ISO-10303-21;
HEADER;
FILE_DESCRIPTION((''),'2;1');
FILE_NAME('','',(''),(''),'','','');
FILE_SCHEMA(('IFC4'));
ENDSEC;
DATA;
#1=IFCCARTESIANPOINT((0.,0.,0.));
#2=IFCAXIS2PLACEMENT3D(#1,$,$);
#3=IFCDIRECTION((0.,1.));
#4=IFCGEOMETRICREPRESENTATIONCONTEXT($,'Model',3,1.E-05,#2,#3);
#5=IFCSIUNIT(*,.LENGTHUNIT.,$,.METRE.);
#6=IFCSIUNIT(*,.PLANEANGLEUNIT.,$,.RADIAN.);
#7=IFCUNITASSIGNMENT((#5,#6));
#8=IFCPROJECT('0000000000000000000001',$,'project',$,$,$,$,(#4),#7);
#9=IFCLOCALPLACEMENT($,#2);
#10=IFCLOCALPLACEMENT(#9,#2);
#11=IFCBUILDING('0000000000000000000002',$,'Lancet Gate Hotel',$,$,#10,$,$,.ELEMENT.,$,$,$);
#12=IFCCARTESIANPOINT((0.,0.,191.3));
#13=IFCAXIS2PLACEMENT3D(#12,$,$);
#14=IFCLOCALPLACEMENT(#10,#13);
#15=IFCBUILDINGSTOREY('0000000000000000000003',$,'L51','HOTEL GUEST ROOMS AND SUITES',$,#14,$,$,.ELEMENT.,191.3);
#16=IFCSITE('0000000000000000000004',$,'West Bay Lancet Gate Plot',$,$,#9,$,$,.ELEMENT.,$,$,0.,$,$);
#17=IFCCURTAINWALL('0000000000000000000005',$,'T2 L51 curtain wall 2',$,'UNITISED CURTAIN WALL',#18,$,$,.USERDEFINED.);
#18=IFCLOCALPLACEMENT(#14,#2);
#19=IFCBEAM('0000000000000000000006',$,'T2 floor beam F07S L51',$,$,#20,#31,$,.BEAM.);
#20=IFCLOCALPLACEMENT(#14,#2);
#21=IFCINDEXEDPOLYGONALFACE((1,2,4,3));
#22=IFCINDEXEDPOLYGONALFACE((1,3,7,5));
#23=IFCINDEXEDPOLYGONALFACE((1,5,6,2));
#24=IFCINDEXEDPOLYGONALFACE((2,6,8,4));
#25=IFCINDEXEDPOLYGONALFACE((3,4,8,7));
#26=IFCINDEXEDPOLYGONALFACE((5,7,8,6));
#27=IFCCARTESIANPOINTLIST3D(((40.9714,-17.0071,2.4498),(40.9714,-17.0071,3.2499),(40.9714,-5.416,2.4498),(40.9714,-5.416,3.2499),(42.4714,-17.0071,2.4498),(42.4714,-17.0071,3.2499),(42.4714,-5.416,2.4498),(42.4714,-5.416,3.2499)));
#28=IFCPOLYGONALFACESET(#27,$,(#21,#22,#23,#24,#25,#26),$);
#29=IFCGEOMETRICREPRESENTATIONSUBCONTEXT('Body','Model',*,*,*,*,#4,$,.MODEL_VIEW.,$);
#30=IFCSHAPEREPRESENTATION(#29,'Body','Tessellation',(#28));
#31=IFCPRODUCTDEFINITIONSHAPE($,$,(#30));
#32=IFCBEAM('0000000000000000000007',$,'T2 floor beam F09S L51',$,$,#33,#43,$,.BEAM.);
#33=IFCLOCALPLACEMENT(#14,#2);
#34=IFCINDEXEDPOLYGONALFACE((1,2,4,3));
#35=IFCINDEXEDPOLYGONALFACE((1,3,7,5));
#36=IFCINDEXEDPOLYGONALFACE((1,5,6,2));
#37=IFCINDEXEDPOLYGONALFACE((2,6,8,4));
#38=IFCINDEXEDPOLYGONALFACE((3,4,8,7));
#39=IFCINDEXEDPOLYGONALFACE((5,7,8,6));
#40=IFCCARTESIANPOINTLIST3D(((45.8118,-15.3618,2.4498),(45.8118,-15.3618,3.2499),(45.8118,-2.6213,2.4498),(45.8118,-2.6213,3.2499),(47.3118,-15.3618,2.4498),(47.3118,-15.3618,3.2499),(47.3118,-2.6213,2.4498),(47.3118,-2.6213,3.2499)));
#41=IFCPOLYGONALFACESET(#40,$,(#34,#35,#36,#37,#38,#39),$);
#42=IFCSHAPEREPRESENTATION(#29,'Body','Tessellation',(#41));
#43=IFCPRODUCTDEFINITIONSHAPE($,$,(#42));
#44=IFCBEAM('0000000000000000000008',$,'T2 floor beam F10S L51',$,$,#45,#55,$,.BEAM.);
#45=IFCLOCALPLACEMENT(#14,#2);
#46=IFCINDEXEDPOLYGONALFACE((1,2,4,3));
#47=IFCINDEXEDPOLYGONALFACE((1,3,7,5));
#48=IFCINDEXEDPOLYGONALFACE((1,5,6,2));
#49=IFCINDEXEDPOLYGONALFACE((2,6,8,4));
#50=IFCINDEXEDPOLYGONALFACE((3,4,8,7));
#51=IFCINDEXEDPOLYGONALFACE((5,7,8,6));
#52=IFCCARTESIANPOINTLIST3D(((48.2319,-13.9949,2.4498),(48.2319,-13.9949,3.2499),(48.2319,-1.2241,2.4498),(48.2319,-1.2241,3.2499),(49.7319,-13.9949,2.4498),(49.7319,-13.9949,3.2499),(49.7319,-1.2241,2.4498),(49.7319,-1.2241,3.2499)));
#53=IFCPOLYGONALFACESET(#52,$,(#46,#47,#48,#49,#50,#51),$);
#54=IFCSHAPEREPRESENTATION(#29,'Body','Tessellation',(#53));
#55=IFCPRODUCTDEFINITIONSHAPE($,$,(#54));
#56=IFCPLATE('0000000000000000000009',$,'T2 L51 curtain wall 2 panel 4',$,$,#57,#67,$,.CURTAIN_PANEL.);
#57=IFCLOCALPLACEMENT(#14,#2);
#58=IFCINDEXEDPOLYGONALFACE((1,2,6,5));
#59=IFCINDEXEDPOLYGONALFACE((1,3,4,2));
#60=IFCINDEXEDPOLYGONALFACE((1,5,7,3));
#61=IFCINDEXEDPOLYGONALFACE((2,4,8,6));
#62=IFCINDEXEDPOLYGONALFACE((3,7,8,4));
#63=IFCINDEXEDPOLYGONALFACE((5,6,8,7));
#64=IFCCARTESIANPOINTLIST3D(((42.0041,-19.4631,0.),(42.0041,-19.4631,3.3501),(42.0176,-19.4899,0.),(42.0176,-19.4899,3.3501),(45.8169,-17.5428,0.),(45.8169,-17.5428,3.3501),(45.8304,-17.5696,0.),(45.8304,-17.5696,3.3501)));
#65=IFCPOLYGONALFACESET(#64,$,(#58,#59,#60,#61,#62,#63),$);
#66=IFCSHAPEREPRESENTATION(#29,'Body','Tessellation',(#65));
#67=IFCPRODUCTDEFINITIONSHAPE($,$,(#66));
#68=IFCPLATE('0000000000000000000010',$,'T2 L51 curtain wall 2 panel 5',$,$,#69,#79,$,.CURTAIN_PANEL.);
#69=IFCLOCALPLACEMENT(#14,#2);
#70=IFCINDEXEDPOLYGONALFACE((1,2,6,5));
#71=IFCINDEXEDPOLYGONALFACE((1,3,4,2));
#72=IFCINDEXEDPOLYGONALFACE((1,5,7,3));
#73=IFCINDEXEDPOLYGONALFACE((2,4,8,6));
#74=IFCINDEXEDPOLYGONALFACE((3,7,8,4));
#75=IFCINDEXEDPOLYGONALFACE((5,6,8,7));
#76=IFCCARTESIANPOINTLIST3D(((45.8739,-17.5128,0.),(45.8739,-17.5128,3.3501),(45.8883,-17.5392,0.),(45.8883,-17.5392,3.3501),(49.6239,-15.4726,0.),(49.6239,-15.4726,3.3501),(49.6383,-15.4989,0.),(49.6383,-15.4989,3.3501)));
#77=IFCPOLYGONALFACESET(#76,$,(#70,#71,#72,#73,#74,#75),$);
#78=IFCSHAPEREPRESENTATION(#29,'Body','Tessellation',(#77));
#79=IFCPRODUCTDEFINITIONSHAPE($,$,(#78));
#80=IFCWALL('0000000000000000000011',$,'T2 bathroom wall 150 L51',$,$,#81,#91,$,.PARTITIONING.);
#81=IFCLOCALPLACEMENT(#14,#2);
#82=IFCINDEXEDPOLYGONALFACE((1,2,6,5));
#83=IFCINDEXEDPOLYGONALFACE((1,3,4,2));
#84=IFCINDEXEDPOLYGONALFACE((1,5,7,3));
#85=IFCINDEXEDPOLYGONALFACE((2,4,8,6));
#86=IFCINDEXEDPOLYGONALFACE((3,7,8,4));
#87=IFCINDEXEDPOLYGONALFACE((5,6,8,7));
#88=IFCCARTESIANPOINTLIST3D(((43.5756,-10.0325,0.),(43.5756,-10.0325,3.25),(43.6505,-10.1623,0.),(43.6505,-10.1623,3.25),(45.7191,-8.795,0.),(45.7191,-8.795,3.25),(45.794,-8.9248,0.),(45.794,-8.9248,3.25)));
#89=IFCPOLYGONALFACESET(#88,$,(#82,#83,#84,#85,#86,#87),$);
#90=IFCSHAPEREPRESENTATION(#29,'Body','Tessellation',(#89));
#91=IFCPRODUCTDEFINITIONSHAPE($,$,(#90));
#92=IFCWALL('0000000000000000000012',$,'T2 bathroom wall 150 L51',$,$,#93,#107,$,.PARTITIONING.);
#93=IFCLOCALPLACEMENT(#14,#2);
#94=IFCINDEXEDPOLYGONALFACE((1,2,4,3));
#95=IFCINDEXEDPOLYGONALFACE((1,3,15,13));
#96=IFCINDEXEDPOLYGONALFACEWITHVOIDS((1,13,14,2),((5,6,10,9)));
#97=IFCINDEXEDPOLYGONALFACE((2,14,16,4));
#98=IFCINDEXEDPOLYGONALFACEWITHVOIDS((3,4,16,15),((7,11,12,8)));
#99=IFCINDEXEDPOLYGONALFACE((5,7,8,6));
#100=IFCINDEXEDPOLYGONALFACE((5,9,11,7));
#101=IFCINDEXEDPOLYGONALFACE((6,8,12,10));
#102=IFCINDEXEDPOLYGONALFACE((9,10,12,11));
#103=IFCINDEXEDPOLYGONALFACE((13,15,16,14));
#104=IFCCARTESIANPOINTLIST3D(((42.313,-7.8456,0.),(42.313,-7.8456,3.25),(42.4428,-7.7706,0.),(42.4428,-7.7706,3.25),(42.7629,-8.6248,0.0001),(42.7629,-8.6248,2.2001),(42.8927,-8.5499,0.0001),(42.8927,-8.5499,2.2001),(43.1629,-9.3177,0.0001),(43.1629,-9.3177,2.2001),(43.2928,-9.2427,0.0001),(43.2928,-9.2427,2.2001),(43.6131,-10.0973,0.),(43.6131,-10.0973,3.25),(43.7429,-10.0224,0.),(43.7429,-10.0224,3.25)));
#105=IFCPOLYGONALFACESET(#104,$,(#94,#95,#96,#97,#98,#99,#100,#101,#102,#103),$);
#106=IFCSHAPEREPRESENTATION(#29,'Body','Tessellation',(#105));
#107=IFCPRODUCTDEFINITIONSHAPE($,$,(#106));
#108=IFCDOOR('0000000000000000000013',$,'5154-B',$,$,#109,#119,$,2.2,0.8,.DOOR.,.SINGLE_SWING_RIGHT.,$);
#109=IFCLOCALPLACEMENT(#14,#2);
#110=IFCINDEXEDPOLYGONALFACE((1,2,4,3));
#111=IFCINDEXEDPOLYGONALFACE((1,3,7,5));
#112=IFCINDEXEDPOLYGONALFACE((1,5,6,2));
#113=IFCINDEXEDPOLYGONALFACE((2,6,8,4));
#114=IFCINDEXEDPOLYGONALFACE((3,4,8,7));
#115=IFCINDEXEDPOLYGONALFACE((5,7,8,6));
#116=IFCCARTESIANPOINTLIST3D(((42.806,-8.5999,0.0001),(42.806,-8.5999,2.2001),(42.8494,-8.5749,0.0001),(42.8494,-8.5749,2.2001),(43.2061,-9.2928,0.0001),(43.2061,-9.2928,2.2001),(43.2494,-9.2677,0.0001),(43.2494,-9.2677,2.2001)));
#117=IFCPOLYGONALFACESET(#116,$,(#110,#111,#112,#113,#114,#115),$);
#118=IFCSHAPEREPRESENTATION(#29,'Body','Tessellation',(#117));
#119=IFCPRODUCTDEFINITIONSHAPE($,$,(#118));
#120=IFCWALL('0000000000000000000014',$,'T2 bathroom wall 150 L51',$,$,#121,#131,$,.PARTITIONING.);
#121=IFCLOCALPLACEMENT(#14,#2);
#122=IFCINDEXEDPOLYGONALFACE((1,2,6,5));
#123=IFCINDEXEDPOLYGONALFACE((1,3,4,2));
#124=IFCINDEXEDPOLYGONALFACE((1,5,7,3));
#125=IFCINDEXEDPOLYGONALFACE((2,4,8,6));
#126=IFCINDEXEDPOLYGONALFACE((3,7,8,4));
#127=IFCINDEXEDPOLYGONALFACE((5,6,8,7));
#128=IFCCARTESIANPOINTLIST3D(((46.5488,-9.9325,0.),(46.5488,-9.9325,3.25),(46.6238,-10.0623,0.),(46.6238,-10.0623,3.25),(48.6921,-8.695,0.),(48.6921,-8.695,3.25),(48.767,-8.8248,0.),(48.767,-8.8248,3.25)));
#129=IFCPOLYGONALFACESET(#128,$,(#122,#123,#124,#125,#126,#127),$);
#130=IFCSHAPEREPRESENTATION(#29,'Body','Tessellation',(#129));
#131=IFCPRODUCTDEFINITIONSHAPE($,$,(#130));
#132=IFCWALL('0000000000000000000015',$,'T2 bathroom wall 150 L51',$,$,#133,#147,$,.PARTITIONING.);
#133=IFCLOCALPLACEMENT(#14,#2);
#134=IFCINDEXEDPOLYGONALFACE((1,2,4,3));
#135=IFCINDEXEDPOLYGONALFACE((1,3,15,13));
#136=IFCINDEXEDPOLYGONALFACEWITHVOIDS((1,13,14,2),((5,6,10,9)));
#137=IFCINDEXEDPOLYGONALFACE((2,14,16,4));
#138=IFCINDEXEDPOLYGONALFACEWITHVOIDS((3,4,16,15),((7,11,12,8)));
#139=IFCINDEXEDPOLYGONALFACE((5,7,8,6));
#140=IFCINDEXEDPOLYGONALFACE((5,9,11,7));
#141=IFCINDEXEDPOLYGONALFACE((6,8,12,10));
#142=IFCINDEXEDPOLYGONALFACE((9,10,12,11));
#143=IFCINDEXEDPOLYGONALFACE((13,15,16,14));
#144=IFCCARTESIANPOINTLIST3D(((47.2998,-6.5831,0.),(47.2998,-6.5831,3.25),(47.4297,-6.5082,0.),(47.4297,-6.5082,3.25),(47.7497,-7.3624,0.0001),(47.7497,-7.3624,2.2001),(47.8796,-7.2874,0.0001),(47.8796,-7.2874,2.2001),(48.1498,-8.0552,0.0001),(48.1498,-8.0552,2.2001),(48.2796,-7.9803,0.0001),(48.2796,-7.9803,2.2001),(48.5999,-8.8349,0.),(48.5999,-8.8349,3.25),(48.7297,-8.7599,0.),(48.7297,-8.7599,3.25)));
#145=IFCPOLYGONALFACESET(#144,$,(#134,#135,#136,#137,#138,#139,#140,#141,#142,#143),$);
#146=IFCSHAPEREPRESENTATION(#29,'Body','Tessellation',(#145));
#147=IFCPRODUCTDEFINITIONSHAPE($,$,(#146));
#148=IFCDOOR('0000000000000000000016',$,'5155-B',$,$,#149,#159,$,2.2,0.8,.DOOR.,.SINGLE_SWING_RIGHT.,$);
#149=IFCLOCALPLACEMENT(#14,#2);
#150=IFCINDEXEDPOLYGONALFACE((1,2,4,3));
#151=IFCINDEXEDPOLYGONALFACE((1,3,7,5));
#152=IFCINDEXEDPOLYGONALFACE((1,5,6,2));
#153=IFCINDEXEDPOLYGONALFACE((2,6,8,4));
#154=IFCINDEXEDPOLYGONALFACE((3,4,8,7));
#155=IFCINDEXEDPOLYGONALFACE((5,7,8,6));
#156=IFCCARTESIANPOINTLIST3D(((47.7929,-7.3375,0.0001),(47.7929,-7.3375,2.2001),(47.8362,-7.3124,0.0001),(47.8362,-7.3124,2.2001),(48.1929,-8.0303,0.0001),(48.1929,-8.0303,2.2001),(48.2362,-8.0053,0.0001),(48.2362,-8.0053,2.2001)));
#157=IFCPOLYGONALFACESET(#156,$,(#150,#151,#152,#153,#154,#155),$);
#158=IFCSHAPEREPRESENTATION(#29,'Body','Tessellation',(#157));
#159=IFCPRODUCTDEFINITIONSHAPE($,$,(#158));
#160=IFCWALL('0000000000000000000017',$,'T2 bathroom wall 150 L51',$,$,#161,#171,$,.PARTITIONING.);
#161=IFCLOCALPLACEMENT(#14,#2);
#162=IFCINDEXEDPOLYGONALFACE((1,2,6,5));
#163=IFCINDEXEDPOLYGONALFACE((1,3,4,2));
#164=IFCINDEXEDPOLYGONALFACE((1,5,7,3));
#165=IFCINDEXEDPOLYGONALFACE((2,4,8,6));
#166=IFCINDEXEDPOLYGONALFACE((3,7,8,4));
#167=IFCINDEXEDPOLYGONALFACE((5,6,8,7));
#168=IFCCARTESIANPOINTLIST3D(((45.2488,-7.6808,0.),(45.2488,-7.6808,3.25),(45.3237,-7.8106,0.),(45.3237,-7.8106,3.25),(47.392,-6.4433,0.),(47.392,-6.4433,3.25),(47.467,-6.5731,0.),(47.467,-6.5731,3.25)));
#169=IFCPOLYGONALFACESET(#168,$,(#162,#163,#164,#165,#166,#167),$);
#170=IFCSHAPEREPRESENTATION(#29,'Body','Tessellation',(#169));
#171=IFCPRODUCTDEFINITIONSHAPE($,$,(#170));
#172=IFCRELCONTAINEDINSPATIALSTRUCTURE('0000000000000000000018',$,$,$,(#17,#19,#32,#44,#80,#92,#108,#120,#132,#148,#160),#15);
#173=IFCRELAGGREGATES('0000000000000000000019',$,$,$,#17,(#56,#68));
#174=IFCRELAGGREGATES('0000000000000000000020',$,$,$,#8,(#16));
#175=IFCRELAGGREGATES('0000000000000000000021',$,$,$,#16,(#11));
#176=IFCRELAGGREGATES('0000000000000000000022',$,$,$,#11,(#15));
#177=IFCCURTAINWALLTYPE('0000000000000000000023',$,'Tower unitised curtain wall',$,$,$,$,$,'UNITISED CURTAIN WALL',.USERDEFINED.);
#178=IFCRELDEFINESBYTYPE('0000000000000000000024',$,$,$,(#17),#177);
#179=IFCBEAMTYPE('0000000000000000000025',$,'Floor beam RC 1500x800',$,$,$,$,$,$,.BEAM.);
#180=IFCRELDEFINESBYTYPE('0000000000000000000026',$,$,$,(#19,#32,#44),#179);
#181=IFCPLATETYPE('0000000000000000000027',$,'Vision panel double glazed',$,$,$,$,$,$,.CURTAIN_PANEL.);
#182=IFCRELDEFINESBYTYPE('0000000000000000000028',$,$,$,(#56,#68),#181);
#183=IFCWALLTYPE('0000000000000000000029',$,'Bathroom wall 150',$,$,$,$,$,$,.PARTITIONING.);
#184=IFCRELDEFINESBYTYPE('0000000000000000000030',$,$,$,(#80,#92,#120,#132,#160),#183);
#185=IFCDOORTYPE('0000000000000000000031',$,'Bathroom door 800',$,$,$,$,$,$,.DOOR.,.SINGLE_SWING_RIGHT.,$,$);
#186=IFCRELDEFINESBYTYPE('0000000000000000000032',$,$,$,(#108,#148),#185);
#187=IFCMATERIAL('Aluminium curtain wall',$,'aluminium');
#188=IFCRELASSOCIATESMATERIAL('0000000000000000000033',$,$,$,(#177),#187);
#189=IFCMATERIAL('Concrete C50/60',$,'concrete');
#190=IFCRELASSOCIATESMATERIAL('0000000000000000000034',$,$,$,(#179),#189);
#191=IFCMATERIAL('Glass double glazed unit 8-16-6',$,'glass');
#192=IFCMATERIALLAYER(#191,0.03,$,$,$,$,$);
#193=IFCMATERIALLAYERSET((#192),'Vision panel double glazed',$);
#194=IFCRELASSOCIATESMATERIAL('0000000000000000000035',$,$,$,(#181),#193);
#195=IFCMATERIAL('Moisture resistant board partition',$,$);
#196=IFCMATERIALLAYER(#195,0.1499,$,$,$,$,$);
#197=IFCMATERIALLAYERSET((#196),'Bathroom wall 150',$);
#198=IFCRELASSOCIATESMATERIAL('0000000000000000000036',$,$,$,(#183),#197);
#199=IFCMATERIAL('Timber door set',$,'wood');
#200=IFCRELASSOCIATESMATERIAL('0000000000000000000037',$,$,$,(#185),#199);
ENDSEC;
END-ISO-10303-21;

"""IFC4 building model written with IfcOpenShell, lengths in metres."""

from ifc_helpers import new_model, si_unit, direction, frame, frame_2d, origin, origin_2d, place, context, subcontext, project, spatial, rectangle, extrude, material, layer, layer_set, material_profile, profile_set, type_object, element, fill, aggregate, save


model = new_model("IFC4")

# Units and contexts
model_context = context("Model", 3, precision=1e-05, world=origin(), true_north=direction((0.0, 1.0)))
body_context = subcontext(model_context, "Body", "Model", "MODEL_VIEW")
ifc_project = project(units=[si_unit("LENGTHUNIT", "METRE"), si_unit("PLANEANGLEUNIT", "RADIAN")], contexts=[model_context])

# Site, building, storey
site_placement = place(None, origin())
site = spatial("IfcSite", under=ifc_project, at=site_placement, Name="West Bay Lancet Gate Plot", CompositionType="ELEMENT", RefElevation=0.0)
building_placement = place(site_placement, origin())
building = spatial("IfcBuilding", under=site, at=building_placement, Name="Lancet Gate Hotel", CompositionType="ELEMENT")
storey_placement = place(building_placement, frame((0.0, 0.0, 191.3)))
storey = spatial("IfcBuildingStorey", under=building, at=storey_placement, Name="L51", Description="HOTEL GUEST ROOMS AND SUITES", CompositionType="ELEMENT", Elevation=191.3)

# Curtain wall
ifc_material_1 = material(Name="Aluminium curtain wall", Category="aluminium")
curtain_wall_type = type_object("IfcCurtainWallType", Name="Tower unitised curtain wall", ElementType="UNITISED CURTAIN WALL", PredefinedType="USERDEFINED", material=ifc_material_1)
curtain_wall_placement = place(storey_placement, origin())
curtain_wall = element("IfcCurtainWall", 1, at=curtain_wall_placement, inside=storey, type_object=curtain_wall_type, Name="T2 L51 curtain wall 2", ObjectType="UNITISED CURTAIN WALL", PredefinedType="USERDEFINED")

# Beams
ifc_material_2 = material(Name="Concrete C50/60", Category="concrete")
ifc_material_profile_1 = material_profile(ifc_material_2, rectangle(XDim=1.5, YDim=0.8, at=origin_2d()), Name="RC 1500x800")
ifc_profile_set_1 = profile_set([ifc_material_profile_1], Name="Concrete C50/60")
beam_type_1 = type_object("IfcBeamType", Name="Floor beam RC 1500x800", PredefinedType="BEAM", material=ifc_profile_set_1)
beam_1_placement = place(storey_placement, frame((41.7214, -17.0071, 2.8499), z_axis=(0.0, 1.0, 0.0), x_axis=(-1.0, 0.0, 0.0)))
element("IfcBeam", 2, at=beam_1_placement, inside=storey, type_object=beam_type_1, Name="T2 floor beam F07S L51", PredefinedType="BEAM", context=body_context, shape_type="SweptSolid", body=[
    extrude(rectangle(XDim=1.5, YDim=0.8, at=origin_2d()), origin(), (0.0, 0.0, 1.0), 11.5911),
])
beam_2_placement = place(storey_placement, frame((46.5618, -15.3618, 2.8499), z_axis=(0.0, 1.0, 0.0), x_axis=(-1.0, 0.0, 0.0)))
element("IfcBeam", 3, at=beam_2_placement, inside=storey, type_object=beam_type_1, Name="T2 floor beam F09S L51", PredefinedType="BEAM", context=body_context, shape_type="SweptSolid", body=[
    extrude(rectangle(XDim=1.5, YDim=0.8, at=origin_2d()), origin(), (0.0, 0.0, 1.0), 12.7405),
])
beam_3_placement = place(storey_placement, frame((48.9819, -13.9949, 2.8499), z_axis=(0.0, 1.0, 0.0), x_axis=(-1.0, 0.0, 0.0)))
element("IfcBeam", 4, at=beam_3_placement, inside=storey, type_object=beam_type_1, Name="T2 floor beam F10S L51", PredefinedType="BEAM", context=body_context, shape_type="SweptSolid", body=[
    extrude(rectangle(XDim=1.5, YDim=0.8, at=origin_2d()), origin(), (0.0, 0.0, 1.0), 12.7708),
])

# Plates
ifc_material_3 = material(Name="Glass double glazed unit 8-16-6", Category="glass")
ifc_layer_1 = layer(ifc_material_3, 0.03)
ifc_layer_set_1 = layer_set([ifc_layer_1], Name="Vision panel double glazed")
plate_type = type_object("IfcPlateType", Name="Vision panel double glazed", PredefinedType="CURTAIN_PANEL", material=ifc_layer_set_1)
plate_1_placement = place(storey_placement, frame((43.9172, -18.5164, 0.0), z_axis=(0.0, 0.0, 1.0), x_axis=(0.893121, 0.449816, 0.0)))
plate_1 = element("IfcPlate", 5, at=plate_1_placement, type_object=plate_type, Name="T2 L51 curtain wall 2 panel 4", PredefinedType="CURTAIN_PANEL", context=body_context, shape_type="SweptSolid", body=[
    extrude(rectangle(XDim=4.269, YDim=0.03, at=origin_2d()), origin(), (0.0, 0.0, 1.0), 3.3501),
])
plate_2_placement = place(storey_placement, frame((47.7561, -16.5059, 0.0), z_axis=(0.0, 0.0, 1.0), x_axis=(0.87841, 0.477908, 0.0)))
plate_2 = element("IfcPlate", 6, at=plate_2_placement, type_object=plate_type, Name="T2 L51 curtain wall 2 panel 5", PredefinedType="CURTAIN_PANEL", context=body_context, shape_type="SweptSolid", body=[
    extrude(rectangle(XDim=4.269, YDim=0.03, at=origin_2d()), origin(), (0.0, 0.0, 1.0), 3.3501),
])
aggregate(curtain_wall, [plate_1, plate_2])

# Wall
ifc_material_4 = material(Name="Moisture resistant board partition")
ifc_layer_2 = layer(ifc_material_4, 0.1499)
ifc_layer_set_2 = layer_set([ifc_layer_2], Name="Bathroom wall 150")
wall_type_1 = type_object("IfcWallType", Name="Bathroom wall 150", PredefinedType="PARTITIONING", material=ifc_layer_set_2)
wall_1_placement = place(storey_placement, frame((43.613, -10.0974, 0.0), z_axis=(0.0, 0.0, 1.0), x_axis=(0.866031, 0.49999, 0.0)))
element("IfcWall", 7, at=wall_1_placement, inside=storey, type_object=wall_type_1, Name="T2 bathroom wall 150 L51", PredefinedType="PARTITIONING", context=body_context, shape_type="SweptSolid", body=[
    extrude(rectangle(XDim=2.4751, YDim=0.1499, at=frame_2d((1.2375, 0.0))), origin(), (0.0, 0.0, 1.0), 3.25),
])

# Wall, opening, door
wall_2_placement = place(storey_placement, frame((42.3779, -7.8081, 0.0), z_axis=(0.0, 0.0, 1.0), x_axis=(0.500007, -0.866021, 0.0)))
wall_2 = element("IfcWall", 8, at=wall_2_placement, inside=storey, type_object=wall_type_1, Name="T2 bathroom wall 150 L51", PredefinedType="PARTITIONING", context=body_context, shape_type="SweptSolid", body=[
    extrude(rectangle(XDim=2.6001, YDim=0.1499, at=frame_2d((1.3, 0.0))), origin(), (0.0, 0.0, 1.0), 3.25),
])
opening_1_placement = place(wall_2_placement, frame((0.8999, 0.0, 0.0)))
opening_1 = element("IfcOpeningElement", 9, at=opening_1_placement, cuts=wall_2, PredefinedType="OPENING", context=body_context, shape_type="SweptSolid", body=[
    extrude(rectangle(XDim=0.8, YDim=2.2, at=frame_2d((0.3999, 1.1001))), frame((0.0, 0.085, 0.0), z_axis=(0.0, -1.0, 0.0), x_axis=(1.0, 0.0, 0.0)), (0.0, 0.0, 1.0), 0.1699),
])
ifc_material_5 = material(Name="Timber door set", Category="wood")
door_type_1 = type_object("IfcDoorType", Name="Bathroom door 800", OperationType="SINGLE_SWING_RIGHT", PredefinedType="DOOR", material=ifc_material_5)
door_1_placement = place(opening_1_placement, origin())
door_1 = element("IfcDoor", 10, at=door_1_placement, inside=storey, type_object=door_type_1, Name="5154-B", OperationType="SINGLE_SWING_RIGHT", OverallHeight=2.2, OverallWidth=0.8, PredefinedType="DOOR", context=body_context, shape_type="SweptSolid", body=[
    extrude(rectangle(XDim=0.8, YDim=2.2, at=frame_2d((0.3999, 1.1001))), frame((0.0, 0.0249, 0.0), z_axis=(0.0, -1.0, 0.0), x_axis=(1.0, 0.0, 0.0)), (0.0, 0.0, 1.0), 0.05),
])
fill(opening_1, door_1)

# Wall
wall_3_placement = place(storey_placement, frame((46.5864, -9.9973, 0.0), z_axis=(0.0, 0.0, 1.0), x_axis=(0.866007, 0.500033, 0.0)))
element("IfcWall", 11, at=wall_3_placement, inside=storey, type_object=wall_type_1, Name="T2 bathroom wall 150 L51", PredefinedType="PARTITIONING", context=body_context, shape_type="SweptSolid", body=[
    extrude(rectangle(XDim=2.4749, YDim=0.1499, at=frame_2d((1.2373, 0.0))), origin(), (0.0, 0.0, 1.0), 3.25),
])

# Wall, opening, door
wall_4_placement = place(storey_placement, frame((47.3647, -6.5457, 0.0), z_axis=(0.0, 0.0, 1.0), x_axis=(0.500007, -0.866021, 0.0)))
wall_4 = element("IfcWall", 12, at=wall_4_placement, inside=storey, type_object=wall_type_1, Name="T2 bathroom wall 150 L51", PredefinedType="PARTITIONING", context=body_context, shape_type="SweptSolid", body=[
    extrude(rectangle(XDim=2.6001, YDim=0.1499, at=frame_2d((1.3, 0.0))), origin(), (0.0, 0.0, 1.0), 3.25),
])
opening_2_placement = place(wall_4_placement, frame((0.8999, 0.0, 0.0)))
opening_2 = element("IfcOpeningElement", 13, at=opening_2_placement, cuts=wall_4, PredefinedType="OPENING", context=body_context, shape_type="SweptSolid", body=[
    extrude(rectangle(XDim=0.8, YDim=2.2, at=frame_2d((0.3999, 1.1001))), frame((0.0, 0.085, 0.0), z_axis=(0.0, -1.0, 0.0), x_axis=(1.0, 0.0, 0.0)), (0.0, 0.0, 1.0), 0.1699),
])
door_2_placement = place(opening_2_placement, origin())
door_2 = element("IfcDoor", 14, at=door_2_placement, inside=storey, type_object=door_type_1, Name="5155-B", OperationType="SINGLE_SWING_RIGHT", OverallHeight=2.2, OverallWidth=0.8, PredefinedType="DOOR", context=body_context, shape_type="SweptSolid", body=[
    extrude(rectangle(XDim=0.8, YDim=2.2, at=frame_2d((0.3999, 1.1001))), frame((0.0, 0.0249, 0.0), z_axis=(0.0, -1.0, 0.0), x_axis=(1.0, 0.0, 0.0)), (0.0, 0.0, 1.0), 0.05),
])
fill(opening_2, door_2)

# Wall
wall_5_placement = place(storey_placement, frame((45.2864, -7.7456, 0.0), z_axis=(0.0, 0.0, 1.0), x_axis=(0.866007, 0.500033, 0.0)))
element("IfcWall", 15, at=wall_5_placement, inside=storey, type_object=wall_type_1, Name="T2 bathroom wall 150 L51", PredefinedType="PARTITIONING", context=body_context, shape_type="SweptSolid", body=[
    extrude(rectangle(XDim=2.4749, YDim=0.1499, at=frame_2d((1.2373, 0.0))), origin(), (0.0, 0.0, 1.0), 3.25),
])

save(model, "model.ifc")
